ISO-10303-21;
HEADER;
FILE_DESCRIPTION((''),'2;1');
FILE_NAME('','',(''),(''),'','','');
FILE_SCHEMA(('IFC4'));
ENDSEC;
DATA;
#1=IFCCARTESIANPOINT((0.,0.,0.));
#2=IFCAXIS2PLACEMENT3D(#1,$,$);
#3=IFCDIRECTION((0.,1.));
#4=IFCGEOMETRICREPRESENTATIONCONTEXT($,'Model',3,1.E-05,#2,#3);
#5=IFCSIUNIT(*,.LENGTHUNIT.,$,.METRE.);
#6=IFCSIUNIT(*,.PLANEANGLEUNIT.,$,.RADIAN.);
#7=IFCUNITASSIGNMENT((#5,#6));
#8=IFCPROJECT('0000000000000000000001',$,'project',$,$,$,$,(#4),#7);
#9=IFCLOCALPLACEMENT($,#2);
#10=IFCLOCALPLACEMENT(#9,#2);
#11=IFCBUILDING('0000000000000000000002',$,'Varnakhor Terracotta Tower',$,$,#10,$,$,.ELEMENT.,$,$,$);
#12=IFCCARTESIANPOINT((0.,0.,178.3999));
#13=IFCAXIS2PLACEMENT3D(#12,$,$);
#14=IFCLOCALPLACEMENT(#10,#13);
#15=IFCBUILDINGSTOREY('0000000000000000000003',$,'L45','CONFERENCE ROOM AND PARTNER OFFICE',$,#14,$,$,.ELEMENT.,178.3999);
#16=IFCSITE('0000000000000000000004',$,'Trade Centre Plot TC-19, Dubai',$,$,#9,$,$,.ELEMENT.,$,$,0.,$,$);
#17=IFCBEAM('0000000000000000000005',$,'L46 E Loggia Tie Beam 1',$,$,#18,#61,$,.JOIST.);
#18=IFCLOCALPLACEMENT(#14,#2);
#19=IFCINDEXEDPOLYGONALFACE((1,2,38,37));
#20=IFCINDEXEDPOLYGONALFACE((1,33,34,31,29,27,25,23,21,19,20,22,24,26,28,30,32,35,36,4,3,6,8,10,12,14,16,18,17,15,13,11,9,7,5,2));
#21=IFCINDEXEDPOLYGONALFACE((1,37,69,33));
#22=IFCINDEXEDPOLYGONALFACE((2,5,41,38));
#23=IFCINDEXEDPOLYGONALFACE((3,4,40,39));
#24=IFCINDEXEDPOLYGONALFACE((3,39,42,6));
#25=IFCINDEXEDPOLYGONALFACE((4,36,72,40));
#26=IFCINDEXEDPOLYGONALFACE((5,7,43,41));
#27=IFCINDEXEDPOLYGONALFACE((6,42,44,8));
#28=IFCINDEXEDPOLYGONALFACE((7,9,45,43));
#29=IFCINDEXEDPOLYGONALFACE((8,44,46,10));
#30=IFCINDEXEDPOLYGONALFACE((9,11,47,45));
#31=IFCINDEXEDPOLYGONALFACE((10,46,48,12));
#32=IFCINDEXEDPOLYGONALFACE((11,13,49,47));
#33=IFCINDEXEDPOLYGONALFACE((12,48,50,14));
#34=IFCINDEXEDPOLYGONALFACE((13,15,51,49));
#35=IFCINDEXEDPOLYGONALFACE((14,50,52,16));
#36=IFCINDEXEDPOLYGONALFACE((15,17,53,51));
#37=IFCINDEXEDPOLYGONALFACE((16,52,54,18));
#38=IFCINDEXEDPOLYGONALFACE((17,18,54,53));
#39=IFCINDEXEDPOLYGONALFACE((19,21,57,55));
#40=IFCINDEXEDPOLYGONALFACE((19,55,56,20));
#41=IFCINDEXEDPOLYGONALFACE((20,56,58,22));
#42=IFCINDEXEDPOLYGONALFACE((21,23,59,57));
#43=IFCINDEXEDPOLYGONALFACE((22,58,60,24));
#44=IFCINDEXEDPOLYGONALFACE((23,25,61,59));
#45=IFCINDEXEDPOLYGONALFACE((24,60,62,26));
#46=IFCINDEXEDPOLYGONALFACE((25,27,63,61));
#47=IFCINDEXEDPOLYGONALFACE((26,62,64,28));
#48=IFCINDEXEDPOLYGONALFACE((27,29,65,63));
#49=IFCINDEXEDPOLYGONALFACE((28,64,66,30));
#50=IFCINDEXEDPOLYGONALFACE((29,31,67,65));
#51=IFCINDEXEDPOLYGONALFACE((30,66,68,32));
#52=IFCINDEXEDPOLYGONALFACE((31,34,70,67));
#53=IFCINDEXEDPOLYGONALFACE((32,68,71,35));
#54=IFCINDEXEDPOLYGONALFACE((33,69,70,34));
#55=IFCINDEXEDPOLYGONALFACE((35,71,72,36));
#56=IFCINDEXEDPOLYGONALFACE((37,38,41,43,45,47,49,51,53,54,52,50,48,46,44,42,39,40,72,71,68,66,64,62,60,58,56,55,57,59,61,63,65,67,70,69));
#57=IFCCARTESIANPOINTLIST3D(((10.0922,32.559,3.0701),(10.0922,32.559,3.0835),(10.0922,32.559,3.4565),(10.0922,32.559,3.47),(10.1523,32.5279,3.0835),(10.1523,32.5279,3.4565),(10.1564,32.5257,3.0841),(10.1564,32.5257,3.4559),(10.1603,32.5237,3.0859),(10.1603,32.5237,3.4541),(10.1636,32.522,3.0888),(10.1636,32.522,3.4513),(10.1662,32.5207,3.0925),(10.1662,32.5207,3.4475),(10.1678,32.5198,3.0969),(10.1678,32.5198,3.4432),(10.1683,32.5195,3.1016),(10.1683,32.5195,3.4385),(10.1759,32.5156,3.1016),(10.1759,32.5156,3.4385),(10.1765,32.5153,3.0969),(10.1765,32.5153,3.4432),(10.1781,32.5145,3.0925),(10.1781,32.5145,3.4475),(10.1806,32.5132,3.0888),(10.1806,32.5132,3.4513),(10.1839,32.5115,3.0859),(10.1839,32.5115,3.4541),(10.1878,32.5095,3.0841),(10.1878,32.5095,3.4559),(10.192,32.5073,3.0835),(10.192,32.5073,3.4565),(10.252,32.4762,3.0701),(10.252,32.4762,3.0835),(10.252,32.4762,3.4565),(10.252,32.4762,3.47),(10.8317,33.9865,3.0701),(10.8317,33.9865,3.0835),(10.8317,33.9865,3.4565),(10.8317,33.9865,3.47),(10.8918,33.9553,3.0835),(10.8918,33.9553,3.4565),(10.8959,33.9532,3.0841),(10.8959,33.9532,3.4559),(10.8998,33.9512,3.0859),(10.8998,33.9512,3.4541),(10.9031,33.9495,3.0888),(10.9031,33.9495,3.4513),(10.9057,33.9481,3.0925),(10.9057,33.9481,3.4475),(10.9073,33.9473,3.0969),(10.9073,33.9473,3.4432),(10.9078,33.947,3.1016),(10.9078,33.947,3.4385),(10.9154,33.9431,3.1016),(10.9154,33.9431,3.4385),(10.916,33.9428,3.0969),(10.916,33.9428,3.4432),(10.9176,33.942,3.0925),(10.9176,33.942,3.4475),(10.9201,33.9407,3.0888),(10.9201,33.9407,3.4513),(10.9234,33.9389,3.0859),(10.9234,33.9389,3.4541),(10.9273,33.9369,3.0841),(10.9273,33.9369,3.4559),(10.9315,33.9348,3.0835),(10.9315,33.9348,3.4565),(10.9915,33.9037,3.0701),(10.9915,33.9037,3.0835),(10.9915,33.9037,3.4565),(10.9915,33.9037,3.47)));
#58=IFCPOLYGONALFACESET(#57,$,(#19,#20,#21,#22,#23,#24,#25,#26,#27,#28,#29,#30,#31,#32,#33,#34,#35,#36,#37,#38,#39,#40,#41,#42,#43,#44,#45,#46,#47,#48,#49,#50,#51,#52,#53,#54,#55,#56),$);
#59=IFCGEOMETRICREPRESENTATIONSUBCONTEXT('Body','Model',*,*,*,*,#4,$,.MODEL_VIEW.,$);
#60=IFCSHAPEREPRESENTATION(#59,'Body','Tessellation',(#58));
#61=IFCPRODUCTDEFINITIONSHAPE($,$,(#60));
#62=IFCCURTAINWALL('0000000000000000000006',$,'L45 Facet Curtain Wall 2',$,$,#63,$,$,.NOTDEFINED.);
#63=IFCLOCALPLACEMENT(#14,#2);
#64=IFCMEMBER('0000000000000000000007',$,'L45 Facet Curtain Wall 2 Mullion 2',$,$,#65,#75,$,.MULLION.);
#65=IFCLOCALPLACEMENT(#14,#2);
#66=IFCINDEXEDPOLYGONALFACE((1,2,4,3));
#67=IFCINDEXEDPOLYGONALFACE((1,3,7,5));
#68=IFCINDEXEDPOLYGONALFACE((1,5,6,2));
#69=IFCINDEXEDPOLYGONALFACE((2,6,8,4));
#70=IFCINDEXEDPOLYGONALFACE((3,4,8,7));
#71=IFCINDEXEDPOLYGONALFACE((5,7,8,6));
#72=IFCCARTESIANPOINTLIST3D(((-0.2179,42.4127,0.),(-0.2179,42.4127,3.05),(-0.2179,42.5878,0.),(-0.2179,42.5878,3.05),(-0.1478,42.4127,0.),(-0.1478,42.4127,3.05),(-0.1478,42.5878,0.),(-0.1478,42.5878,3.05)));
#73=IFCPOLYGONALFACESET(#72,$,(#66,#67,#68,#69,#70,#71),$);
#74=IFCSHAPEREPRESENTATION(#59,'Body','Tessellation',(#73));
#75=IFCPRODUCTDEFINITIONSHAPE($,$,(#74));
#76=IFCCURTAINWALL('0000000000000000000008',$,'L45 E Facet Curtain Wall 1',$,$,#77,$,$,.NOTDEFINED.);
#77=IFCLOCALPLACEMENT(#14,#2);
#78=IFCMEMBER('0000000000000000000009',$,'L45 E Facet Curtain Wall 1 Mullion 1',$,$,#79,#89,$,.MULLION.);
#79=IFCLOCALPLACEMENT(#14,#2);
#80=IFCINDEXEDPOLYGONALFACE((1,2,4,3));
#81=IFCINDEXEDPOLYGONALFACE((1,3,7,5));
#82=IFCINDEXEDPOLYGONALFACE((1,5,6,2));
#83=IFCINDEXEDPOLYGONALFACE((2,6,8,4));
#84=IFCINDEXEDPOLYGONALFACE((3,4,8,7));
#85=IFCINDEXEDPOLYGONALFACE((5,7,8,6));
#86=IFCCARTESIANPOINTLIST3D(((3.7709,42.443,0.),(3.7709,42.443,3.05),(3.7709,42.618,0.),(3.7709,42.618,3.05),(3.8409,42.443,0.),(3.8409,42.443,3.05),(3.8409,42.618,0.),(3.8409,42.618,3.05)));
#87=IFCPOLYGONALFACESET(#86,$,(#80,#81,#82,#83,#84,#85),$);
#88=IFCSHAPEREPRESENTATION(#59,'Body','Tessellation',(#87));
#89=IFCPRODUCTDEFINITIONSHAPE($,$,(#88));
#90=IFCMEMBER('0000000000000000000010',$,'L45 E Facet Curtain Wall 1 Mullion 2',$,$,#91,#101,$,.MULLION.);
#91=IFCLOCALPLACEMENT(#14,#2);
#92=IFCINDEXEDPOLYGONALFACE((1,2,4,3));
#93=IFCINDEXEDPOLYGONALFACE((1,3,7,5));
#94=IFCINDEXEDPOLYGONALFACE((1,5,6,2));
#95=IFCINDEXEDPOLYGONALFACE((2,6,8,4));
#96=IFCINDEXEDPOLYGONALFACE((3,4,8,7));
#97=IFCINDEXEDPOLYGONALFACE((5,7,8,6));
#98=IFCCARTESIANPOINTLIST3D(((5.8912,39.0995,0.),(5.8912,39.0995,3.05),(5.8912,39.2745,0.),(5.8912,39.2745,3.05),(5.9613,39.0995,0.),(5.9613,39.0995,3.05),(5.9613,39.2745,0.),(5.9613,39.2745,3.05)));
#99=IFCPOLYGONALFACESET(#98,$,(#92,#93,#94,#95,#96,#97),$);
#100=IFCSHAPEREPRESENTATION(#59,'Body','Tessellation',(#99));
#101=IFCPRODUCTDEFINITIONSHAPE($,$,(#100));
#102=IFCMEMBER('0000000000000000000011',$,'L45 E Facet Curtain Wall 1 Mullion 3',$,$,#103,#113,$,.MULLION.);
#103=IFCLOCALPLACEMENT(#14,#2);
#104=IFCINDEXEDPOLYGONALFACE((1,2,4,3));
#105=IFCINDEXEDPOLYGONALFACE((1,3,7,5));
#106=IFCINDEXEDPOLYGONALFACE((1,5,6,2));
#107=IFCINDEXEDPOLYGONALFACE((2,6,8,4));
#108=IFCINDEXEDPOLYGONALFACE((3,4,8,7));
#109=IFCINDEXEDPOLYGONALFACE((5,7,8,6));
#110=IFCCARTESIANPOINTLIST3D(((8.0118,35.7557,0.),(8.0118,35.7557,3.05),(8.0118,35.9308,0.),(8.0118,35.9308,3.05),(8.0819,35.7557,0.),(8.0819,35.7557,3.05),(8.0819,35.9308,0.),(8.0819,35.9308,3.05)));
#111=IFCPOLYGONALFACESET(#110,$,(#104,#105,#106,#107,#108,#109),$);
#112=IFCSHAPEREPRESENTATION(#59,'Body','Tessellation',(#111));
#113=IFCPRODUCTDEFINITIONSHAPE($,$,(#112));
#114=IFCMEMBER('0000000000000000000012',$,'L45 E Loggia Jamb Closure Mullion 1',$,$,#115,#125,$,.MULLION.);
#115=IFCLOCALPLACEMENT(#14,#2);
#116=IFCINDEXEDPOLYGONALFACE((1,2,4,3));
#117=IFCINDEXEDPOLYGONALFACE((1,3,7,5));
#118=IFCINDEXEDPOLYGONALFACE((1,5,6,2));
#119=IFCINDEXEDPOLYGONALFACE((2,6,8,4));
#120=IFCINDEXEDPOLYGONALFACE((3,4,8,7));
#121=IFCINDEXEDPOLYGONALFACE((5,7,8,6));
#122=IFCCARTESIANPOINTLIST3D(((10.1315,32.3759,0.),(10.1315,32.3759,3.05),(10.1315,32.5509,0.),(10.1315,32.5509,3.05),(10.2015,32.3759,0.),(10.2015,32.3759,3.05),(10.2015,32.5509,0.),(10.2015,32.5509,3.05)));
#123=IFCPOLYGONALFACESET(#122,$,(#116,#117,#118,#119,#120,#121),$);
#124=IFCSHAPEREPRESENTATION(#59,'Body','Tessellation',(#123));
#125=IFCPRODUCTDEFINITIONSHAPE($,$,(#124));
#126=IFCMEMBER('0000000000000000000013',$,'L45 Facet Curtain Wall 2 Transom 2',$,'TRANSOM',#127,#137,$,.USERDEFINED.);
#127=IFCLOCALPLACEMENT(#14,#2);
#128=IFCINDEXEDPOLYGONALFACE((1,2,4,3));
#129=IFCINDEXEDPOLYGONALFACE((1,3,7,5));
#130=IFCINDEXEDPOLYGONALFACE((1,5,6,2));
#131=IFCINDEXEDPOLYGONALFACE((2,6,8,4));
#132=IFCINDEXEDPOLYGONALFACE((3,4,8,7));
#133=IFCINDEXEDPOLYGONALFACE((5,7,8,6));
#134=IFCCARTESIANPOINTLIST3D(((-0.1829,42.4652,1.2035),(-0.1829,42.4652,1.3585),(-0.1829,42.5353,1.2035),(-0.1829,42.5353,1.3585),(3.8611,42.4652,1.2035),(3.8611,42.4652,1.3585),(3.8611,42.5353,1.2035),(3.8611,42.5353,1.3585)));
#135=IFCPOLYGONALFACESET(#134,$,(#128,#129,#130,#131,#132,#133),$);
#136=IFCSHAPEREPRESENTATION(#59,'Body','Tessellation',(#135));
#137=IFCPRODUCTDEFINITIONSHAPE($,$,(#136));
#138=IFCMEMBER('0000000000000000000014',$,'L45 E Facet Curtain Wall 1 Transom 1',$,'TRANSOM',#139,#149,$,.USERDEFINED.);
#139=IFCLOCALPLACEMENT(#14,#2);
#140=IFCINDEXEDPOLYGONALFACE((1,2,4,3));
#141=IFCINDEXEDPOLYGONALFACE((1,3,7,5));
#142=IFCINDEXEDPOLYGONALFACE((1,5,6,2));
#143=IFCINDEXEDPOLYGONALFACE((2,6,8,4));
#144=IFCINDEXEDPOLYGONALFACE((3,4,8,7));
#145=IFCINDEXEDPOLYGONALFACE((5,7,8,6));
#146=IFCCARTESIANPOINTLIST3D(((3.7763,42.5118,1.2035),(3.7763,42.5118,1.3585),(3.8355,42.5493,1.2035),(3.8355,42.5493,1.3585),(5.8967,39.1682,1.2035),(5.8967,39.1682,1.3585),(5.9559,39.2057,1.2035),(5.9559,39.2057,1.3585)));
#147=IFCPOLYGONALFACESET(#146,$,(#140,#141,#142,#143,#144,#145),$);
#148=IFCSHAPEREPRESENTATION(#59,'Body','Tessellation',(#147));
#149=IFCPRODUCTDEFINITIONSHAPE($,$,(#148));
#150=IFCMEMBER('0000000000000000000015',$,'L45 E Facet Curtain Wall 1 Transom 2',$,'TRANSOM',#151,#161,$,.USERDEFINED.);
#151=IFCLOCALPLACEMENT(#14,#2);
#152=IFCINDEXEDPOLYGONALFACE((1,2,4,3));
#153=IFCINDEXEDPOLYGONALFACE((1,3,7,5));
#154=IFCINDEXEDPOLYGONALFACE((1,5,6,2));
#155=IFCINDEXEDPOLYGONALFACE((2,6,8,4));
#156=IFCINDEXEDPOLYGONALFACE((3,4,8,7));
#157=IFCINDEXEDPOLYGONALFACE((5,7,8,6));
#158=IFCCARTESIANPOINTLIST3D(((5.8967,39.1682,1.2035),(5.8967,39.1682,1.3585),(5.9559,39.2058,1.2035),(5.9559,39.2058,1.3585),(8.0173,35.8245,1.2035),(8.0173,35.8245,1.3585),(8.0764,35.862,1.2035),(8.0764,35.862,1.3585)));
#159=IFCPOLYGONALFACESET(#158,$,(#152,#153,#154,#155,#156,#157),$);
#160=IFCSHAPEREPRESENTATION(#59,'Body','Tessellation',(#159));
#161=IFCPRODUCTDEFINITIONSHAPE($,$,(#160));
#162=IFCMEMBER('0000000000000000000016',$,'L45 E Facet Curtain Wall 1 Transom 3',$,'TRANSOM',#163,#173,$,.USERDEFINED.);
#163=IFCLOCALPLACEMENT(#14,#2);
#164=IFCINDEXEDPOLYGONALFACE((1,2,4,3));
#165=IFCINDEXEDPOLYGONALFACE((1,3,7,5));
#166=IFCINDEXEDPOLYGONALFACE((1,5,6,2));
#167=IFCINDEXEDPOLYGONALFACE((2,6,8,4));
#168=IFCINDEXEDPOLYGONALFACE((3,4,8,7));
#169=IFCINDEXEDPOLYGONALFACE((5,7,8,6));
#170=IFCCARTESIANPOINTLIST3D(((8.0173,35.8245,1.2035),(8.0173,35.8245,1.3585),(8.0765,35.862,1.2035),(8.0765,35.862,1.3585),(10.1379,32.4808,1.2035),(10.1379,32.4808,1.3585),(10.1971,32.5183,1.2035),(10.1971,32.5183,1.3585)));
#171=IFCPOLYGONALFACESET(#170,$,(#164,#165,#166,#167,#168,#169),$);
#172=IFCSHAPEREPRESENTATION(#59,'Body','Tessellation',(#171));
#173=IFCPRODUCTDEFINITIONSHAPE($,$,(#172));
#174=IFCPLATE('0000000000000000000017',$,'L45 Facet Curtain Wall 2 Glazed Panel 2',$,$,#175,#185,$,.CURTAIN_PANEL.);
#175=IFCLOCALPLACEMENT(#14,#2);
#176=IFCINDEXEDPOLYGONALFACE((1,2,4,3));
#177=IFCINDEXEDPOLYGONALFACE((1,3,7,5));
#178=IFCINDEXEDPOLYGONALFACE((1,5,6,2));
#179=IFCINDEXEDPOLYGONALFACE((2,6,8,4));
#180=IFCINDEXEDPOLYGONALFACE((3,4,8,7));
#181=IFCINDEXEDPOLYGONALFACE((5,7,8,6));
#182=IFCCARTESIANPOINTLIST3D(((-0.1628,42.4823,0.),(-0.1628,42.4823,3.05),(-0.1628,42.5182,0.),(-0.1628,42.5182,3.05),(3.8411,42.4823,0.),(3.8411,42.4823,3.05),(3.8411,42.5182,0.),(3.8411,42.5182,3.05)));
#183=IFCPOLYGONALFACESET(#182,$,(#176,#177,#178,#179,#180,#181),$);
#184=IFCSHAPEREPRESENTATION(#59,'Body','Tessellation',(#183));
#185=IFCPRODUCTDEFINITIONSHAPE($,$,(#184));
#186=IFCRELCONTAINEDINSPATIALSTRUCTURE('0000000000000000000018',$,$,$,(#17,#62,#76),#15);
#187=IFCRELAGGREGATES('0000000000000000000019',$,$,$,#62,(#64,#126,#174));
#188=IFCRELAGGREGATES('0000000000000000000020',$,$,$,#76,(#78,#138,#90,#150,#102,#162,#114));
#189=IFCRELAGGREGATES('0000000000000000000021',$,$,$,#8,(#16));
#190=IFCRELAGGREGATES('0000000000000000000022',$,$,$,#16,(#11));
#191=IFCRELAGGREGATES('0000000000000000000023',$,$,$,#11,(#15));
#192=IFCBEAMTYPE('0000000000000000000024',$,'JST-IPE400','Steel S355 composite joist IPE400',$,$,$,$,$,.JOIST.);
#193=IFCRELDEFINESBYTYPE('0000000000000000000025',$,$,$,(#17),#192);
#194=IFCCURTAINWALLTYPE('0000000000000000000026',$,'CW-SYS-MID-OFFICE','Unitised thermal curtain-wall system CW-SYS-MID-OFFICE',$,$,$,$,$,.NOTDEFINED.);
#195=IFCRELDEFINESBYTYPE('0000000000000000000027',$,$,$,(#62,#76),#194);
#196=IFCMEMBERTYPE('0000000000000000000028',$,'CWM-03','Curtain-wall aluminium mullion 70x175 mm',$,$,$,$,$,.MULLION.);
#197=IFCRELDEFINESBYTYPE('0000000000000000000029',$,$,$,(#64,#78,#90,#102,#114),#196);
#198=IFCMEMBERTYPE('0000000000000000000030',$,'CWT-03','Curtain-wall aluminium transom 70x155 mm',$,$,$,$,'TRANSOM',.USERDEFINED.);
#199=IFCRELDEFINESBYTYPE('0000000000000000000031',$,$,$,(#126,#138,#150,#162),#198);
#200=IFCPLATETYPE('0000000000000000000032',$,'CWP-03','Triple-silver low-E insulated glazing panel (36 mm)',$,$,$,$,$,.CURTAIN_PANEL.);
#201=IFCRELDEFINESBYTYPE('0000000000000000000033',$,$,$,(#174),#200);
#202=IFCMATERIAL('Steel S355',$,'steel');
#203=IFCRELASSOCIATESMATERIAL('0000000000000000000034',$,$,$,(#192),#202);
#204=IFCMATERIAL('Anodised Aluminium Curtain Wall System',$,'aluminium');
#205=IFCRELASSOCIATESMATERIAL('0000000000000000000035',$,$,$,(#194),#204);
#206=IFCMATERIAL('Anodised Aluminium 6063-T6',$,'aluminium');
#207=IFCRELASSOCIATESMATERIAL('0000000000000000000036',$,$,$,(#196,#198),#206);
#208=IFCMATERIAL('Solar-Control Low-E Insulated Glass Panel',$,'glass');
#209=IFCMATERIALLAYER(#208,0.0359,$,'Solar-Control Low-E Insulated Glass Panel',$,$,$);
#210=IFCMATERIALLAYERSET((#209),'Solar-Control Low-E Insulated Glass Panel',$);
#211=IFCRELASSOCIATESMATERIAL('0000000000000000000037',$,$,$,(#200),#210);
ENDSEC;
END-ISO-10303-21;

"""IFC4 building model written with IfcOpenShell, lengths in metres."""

from ifc_helpers import new_model, si_unit, direction, frame, origin, origin_2d, place, context, subcontext, project, spatial, rectangle, i_section, extrude, source, transform, mapped, material, layer, layer_set, material_profile, profile_set, type_object, element, aggregate, save


model = new_model("IFC4")

# Units and contexts
model_context = context("Model", 3, precision=1e-05, world=origin(), true_north=direction((0.0, 1.0)))
body_context = subcontext(model_context, "Body", "Model", "MODEL_VIEW")
ifc_project = project(units=[si_unit("LENGTHUNIT", "METRE"), si_unit("PLANEANGLEUNIT", "RADIAN")], contexts=[model_context])

# Site, building, storey
site_placement = place(None, origin())
site = spatial("IfcSite", under=ifc_project, at=site_placement, Name="Trade Centre Plot TC-19, Dubai", CompositionType="ELEMENT", RefElevation=0.0)
building_placement = place(site_placement, origin())
building = spatial("IfcBuilding", under=site, at=building_placement, Name="Varnakhor Terracotta Tower", CompositionType="ELEMENT")
storey_placement = place(building_placement, frame((0.0, 0.0, 178.3999)))
storey = spatial("IfcBuildingStorey", under=building, at=storey_placement, Name="L45", Description="CONFERENCE ROOM AND PARTNER OFFICE", CompositionType="ELEMENT", Elevation=178.3999)

# Beam
ifc_material_1 = material(Name="Steel S355", Category="steel")
ifc_material_profile_1 = material_profile(ifc_material_1, i_section(OverallWidth=0.1799, OverallDepth=0.3999, WebThickness=0.0085, FlangeThickness=0.0134, FilletRadius=0.0181, at=origin_2d()), Name="IPE400")
ifc_profile_set_1 = profile_set([ifc_material_profile_1], Name="Steel S355")
beam_type_1 = type_object("IfcBeamType", Name="JST-IPE400", Description="Steel S355 composite joist IPE400", PredefinedType="JOIST", material=ifc_profile_set_1)
shared_shape_1 = source(origin(), body_context, "Body", "SweptSolid", [
    extrude(i_section(OverallWidth=0.1799, OverallDepth=0.3999, WebThickness=0.0085, FlangeThickness=0.0134, FilletRadius=0.0181, at=origin_2d()), origin(), (0.0, 0.0, 1.0), 1.6077),
])
beam_1_placement = place(storey_placement, frame((10.1721, 32.5176, 3.27), z_axis=(0.459985, 0.887927, 0.0), x_axis=(-0.887927, 0.459985, 0.0)))
element("IfcBeam", 1, at=beam_1_placement, inside=storey, type_object=beam_type_1, Name="L46 E Loggia Tie Beam 1", PredefinedType="JOIST", context=body_context, shape_type="MappedRepresentation", body=[
    mapped(shared_shape_1, transform((0.0, 0.0, 0.0), scale=1.0)),
])

# Curtain wall, member
ifc_material_2 = material(Name="Anodised Aluminium Curtain Wall System", Category="aluminium")
curtain_wall_type = type_object("IfcCurtainWallType", Name="CW-SYS-MID-OFFICE", Description="Unitised thermal curtain-wall system CW-SYS-MID-OFFICE", PredefinedType="NOTDEFINED", material=ifc_material_2)
curtain_wall_1_placement = place(storey_placement, origin())
curtain_wall_1 = element("IfcCurtainWall", 2, at=curtain_wall_1_placement, inside=storey, type_object=curtain_wall_type, Name="L45 Facet Curtain Wall 2", PredefinedType="NOTDEFINED")
ifc_material_3 = material(Name="Anodised Aluminium 6063-T6", Category="aluminium")
ifc_material_profile_2 = material_profile(ifc_material_3, rectangle(XDim=0.0701, YDim=0.175, at=origin_2d()), Name="ALU MULLION 70x175")
ifc_profile_set_2 = profile_set([ifc_material_profile_2], Name="Anodised Aluminium 6063-T6")
member_type_1 = type_object("IfcMemberType", Name="CWM-03", Description="Curtain-wall aluminium mullion 70x175 mm", PredefinedType="MULLION", material=ifc_profile_set_2)
shared_shape_2 = source(origin(), body_context, "Body", "SweptSolid", [
    extrude(rectangle(XDim=0.0701, YDim=0.175, at=origin_2d()), origin(), (0.0, 0.0, 1.0), 3.05),
])
member_1_placement = place(storey_placement, frame((-0.1829, 42.5002, 0.0), z_axis=(0.0, 0.0, 1.0), x_axis=(1.0, 0.0, 0.0)))
member_1 = element("IfcMember", 3, at=member_1_placement, type_object=member_type_1, Name="L45 Facet Curtain Wall 2 Mullion 2", PredefinedType="MULLION", context=body_context, shape_type="MappedRepresentation", body=[
    mapped(shared_shape_2, transform((0.0, 0.0, 0.0), scale=1.0)),
])

# Curtain wall, members
curtain_wall_2_placement = place(storey_placement, origin())
curtain_wall_2 = element("IfcCurtainWall", 4, at=curtain_wall_2_placement, inside=storey, type_object=curtain_wall_type, Name="L45 E Facet Curtain Wall 1", PredefinedType="NOTDEFINED")
member_2_placement = place(storey_placement, frame((3.8059, 42.5305, 0.0), z_axis=(0.0, 0.0, 1.0), x_axis=(1.0, 0.0, 0.0)))
member_2 = element("IfcMember", 5, at=member_2_placement, type_object=member_type_1, Name="L45 E Facet Curtain Wall 1 Mullion 1", PredefinedType="MULLION", context=body_context, shape_type="MappedRepresentation", body=[
    mapped(shared_shape_2, transform((0.0, 0.0, 0.0), scale=1.0)),
])
member_3_placement = place(storey_placement, frame((5.9263, 39.187, 0.0), z_axis=(0.0, 0.0, 1.0), x_axis=(1.0, 0.0, 0.0)))
member_3 = element("IfcMember", 6, at=member_3_placement, type_object=member_type_1, Name="L45 E Facet Curtain Wall 1 Mullion 2", PredefinedType="MULLION", context=body_context, shape_type="MappedRepresentation", body=[
    mapped(shared_shape_2, transform((0.0, 0.0, 0.0), scale=1.0)),
])
member_4_placement = place(storey_placement, frame((8.0469, 35.8433, 0.0), z_axis=(0.0, 0.0, 1.0), x_axis=(1.0, 0.0, 0.0)))
member_4 = element("IfcMember", 7, at=member_4_placement, type_object=member_type_1, Name="L45 E Facet Curtain Wall 1 Mullion 3", PredefinedType="MULLION", context=body_context, shape_type="MappedRepresentation", body=[
    mapped(shared_shape_2, transform((0.0, 0.0, 0.0), scale=1.0)),
])
member_5_placement = place(storey_placement, frame((10.1665, 32.4634, 0.0), z_axis=(0.0, 0.0, 1.0), x_axis=(1.0, 0.0, 0.0)))
member_5 = element("IfcMember", 8, at=member_5_placement, type_object=member_type_1, Name="L45 E Loggia Jamb Closure Mullion 1", PredefinedType="MULLION", context=body_context, shape_type="MappedRepresentation", body=[
    mapped(shared_shape_2, transform((0.0, 0.0, 0.0), scale=1.0)),
])

# Members
ifc_material_profile_3 = material_profile(ifc_material_3, rectangle(XDim=0.0701, YDim=0.155, at=origin_2d()), Name="ALU TRANSOM 70x155")
ifc_profile_set_3 = profile_set([ifc_material_profile_3], Name="Anodised Aluminium 6063-T6")
member_type_2 = type_object("IfcMemberType", Name="CWT-03", Description="Curtain-wall aluminium transom 70x155 mm", ElementType="TRANSOM", PredefinedType="USERDEFINED", material=ifc_profile_set_3)
shared_shape_3 = source(origin(), body_context, "Body", "SweptSolid", [
    extrude(rectangle(XDim=0.0701, YDim=0.155, at=origin_2d()), origin(), (0.0, 0.0, 1.0), 4.0439),
])
member_6_placement = place(storey_placement, frame((-0.1829, 42.5002, 1.281), z_axis=(1.0, 0.0, 0.0), x_axis=(0.0, 1.0, 0.0)))
member_6 = element("IfcMember", 9, at=member_6_placement, type_object=member_type_2, Name="L45 Facet Curtain Wall 2 Transom 2", ObjectType="TRANSOM", PredefinedType="USERDEFINED", context=body_context, shape_type="MappedRepresentation", body=[
    mapped(shared_shape_3, transform((0.0, 0.0, 0.0), scale=1.0)),
])
shared_shape_4 = source(origin(), body_context, "Body", "SweptSolid", [
    extrude(rectangle(XDim=0.0701, YDim=0.155, at=origin_2d()), origin(), (0.0, 0.0, 1.0), 3.9592),
])
member_7_placement = place(storey_placement, frame((3.8059, 42.5305, 1.281), z_axis=(0.535558, -0.844498, 0.0), x_axis=(0.844498, 0.535558, 0.0)))
member_7 = element("IfcMember", 10, at=member_7_placement, type_object=member_type_2, Name="L45 E Facet Curtain Wall 1 Transom 1", ObjectType="TRANSOM", PredefinedType="USERDEFINED", context=body_context, shape_type="MappedRepresentation", body=[
    mapped(shared_shape_4, transform((0.0, 0.0, 0.0), scale=1.0)),
])
shared_shape_5 = source(origin(), body_context, "Body", "SweptSolid", [
    extrude(rectangle(XDim=0.0701, YDim=0.155, at=origin_2d()), origin(), (0.0, 0.0, 1.0), 3.9595),
])
member_8_placement = place(storey_placement, frame((5.9263, 39.187, 1.281), z_axis=(0.535574, -0.844488, 0.0), x_axis=(0.844488, 0.535574, 0.0)))
member_8 = element("IfcMember", 11, at=member_8_placement, type_object=member_type_2, Name="L45 E Facet Curtain Wall 1 Transom 2", ObjectType="TRANSOM", PredefinedType="USERDEFINED", context=body_context, shape_type="MappedRepresentation", body=[
    mapped(shared_shape_5, transform((0.0, 0.0, 0.0), scale=1.0)),
])
member_9_placement = place(storey_placement, frame((8.0469, 35.8433, 1.281), z_axis=(0.535574, -0.844488, 0.0), x_axis=(0.844488, 0.535574, 0.0)))
member_9 = element("IfcMember", 12, at=member_9_placement, type_object=member_type_2, Name="L45 E Facet Curtain Wall 1 Transom 3", ObjectType="TRANSOM", PredefinedType="USERDEFINED", context=body_context, shape_type="MappedRepresentation", body=[
    mapped(shared_shape_5, transform((0.0, 0.0, 0.0), scale=1.0)),
])

# Plate
ifc_material_4 = material(Name="Solar-Control Low-E Insulated Glass Panel", Category="glass")
ifc_layer_1 = layer(ifc_material_4, 0.0359, Name="Solar-Control Low-E Insulated Glass Panel")
ifc_layer_set_1 = layer_set([ifc_layer_1], Name="Solar-Control Low-E Insulated Glass Panel")
plate_type = type_object("IfcPlateType", Name="CWP-03", Description="Triple-silver low-E insulated glazing panel (36 mm)", PredefinedType="CURTAIN_PANEL", material=ifc_layer_set_1)
shared_shape_6 = source(origin(), body_context, "Body", "SweptSolid", [
    extrude(rectangle(XDim=4.0039, YDim=0.0359, at=origin_2d()), origin(), (0.0, 0.0, 1.0), 3.05),
])
plate_1_placement = place(storey_placement, frame((1.8391, 42.5002, 0.0), z_axis=(0.0, 0.0, 1.0), x_axis=(1.0, 0.0, 0.0)))
plate_1 = element("IfcPlate", 13, at=plate_1_placement, type_object=plate_type, Name="L45 Facet Curtain Wall 2 Glazed Panel 2", PredefinedType="CURTAIN_PANEL", context=body_context, shape_type="MappedRepresentation", body=[
    mapped(shared_shape_6, transform((0.0, 0.0, 0.0), scale=1.0)),
])
aggregate(curtain_wall_1, [member_1, member_6, plate_1])
aggregate(curtain_wall_2, [member_2, member_7, member_3, member_8, member_4, member_9, member_5])

save(model, "model.ifc")
